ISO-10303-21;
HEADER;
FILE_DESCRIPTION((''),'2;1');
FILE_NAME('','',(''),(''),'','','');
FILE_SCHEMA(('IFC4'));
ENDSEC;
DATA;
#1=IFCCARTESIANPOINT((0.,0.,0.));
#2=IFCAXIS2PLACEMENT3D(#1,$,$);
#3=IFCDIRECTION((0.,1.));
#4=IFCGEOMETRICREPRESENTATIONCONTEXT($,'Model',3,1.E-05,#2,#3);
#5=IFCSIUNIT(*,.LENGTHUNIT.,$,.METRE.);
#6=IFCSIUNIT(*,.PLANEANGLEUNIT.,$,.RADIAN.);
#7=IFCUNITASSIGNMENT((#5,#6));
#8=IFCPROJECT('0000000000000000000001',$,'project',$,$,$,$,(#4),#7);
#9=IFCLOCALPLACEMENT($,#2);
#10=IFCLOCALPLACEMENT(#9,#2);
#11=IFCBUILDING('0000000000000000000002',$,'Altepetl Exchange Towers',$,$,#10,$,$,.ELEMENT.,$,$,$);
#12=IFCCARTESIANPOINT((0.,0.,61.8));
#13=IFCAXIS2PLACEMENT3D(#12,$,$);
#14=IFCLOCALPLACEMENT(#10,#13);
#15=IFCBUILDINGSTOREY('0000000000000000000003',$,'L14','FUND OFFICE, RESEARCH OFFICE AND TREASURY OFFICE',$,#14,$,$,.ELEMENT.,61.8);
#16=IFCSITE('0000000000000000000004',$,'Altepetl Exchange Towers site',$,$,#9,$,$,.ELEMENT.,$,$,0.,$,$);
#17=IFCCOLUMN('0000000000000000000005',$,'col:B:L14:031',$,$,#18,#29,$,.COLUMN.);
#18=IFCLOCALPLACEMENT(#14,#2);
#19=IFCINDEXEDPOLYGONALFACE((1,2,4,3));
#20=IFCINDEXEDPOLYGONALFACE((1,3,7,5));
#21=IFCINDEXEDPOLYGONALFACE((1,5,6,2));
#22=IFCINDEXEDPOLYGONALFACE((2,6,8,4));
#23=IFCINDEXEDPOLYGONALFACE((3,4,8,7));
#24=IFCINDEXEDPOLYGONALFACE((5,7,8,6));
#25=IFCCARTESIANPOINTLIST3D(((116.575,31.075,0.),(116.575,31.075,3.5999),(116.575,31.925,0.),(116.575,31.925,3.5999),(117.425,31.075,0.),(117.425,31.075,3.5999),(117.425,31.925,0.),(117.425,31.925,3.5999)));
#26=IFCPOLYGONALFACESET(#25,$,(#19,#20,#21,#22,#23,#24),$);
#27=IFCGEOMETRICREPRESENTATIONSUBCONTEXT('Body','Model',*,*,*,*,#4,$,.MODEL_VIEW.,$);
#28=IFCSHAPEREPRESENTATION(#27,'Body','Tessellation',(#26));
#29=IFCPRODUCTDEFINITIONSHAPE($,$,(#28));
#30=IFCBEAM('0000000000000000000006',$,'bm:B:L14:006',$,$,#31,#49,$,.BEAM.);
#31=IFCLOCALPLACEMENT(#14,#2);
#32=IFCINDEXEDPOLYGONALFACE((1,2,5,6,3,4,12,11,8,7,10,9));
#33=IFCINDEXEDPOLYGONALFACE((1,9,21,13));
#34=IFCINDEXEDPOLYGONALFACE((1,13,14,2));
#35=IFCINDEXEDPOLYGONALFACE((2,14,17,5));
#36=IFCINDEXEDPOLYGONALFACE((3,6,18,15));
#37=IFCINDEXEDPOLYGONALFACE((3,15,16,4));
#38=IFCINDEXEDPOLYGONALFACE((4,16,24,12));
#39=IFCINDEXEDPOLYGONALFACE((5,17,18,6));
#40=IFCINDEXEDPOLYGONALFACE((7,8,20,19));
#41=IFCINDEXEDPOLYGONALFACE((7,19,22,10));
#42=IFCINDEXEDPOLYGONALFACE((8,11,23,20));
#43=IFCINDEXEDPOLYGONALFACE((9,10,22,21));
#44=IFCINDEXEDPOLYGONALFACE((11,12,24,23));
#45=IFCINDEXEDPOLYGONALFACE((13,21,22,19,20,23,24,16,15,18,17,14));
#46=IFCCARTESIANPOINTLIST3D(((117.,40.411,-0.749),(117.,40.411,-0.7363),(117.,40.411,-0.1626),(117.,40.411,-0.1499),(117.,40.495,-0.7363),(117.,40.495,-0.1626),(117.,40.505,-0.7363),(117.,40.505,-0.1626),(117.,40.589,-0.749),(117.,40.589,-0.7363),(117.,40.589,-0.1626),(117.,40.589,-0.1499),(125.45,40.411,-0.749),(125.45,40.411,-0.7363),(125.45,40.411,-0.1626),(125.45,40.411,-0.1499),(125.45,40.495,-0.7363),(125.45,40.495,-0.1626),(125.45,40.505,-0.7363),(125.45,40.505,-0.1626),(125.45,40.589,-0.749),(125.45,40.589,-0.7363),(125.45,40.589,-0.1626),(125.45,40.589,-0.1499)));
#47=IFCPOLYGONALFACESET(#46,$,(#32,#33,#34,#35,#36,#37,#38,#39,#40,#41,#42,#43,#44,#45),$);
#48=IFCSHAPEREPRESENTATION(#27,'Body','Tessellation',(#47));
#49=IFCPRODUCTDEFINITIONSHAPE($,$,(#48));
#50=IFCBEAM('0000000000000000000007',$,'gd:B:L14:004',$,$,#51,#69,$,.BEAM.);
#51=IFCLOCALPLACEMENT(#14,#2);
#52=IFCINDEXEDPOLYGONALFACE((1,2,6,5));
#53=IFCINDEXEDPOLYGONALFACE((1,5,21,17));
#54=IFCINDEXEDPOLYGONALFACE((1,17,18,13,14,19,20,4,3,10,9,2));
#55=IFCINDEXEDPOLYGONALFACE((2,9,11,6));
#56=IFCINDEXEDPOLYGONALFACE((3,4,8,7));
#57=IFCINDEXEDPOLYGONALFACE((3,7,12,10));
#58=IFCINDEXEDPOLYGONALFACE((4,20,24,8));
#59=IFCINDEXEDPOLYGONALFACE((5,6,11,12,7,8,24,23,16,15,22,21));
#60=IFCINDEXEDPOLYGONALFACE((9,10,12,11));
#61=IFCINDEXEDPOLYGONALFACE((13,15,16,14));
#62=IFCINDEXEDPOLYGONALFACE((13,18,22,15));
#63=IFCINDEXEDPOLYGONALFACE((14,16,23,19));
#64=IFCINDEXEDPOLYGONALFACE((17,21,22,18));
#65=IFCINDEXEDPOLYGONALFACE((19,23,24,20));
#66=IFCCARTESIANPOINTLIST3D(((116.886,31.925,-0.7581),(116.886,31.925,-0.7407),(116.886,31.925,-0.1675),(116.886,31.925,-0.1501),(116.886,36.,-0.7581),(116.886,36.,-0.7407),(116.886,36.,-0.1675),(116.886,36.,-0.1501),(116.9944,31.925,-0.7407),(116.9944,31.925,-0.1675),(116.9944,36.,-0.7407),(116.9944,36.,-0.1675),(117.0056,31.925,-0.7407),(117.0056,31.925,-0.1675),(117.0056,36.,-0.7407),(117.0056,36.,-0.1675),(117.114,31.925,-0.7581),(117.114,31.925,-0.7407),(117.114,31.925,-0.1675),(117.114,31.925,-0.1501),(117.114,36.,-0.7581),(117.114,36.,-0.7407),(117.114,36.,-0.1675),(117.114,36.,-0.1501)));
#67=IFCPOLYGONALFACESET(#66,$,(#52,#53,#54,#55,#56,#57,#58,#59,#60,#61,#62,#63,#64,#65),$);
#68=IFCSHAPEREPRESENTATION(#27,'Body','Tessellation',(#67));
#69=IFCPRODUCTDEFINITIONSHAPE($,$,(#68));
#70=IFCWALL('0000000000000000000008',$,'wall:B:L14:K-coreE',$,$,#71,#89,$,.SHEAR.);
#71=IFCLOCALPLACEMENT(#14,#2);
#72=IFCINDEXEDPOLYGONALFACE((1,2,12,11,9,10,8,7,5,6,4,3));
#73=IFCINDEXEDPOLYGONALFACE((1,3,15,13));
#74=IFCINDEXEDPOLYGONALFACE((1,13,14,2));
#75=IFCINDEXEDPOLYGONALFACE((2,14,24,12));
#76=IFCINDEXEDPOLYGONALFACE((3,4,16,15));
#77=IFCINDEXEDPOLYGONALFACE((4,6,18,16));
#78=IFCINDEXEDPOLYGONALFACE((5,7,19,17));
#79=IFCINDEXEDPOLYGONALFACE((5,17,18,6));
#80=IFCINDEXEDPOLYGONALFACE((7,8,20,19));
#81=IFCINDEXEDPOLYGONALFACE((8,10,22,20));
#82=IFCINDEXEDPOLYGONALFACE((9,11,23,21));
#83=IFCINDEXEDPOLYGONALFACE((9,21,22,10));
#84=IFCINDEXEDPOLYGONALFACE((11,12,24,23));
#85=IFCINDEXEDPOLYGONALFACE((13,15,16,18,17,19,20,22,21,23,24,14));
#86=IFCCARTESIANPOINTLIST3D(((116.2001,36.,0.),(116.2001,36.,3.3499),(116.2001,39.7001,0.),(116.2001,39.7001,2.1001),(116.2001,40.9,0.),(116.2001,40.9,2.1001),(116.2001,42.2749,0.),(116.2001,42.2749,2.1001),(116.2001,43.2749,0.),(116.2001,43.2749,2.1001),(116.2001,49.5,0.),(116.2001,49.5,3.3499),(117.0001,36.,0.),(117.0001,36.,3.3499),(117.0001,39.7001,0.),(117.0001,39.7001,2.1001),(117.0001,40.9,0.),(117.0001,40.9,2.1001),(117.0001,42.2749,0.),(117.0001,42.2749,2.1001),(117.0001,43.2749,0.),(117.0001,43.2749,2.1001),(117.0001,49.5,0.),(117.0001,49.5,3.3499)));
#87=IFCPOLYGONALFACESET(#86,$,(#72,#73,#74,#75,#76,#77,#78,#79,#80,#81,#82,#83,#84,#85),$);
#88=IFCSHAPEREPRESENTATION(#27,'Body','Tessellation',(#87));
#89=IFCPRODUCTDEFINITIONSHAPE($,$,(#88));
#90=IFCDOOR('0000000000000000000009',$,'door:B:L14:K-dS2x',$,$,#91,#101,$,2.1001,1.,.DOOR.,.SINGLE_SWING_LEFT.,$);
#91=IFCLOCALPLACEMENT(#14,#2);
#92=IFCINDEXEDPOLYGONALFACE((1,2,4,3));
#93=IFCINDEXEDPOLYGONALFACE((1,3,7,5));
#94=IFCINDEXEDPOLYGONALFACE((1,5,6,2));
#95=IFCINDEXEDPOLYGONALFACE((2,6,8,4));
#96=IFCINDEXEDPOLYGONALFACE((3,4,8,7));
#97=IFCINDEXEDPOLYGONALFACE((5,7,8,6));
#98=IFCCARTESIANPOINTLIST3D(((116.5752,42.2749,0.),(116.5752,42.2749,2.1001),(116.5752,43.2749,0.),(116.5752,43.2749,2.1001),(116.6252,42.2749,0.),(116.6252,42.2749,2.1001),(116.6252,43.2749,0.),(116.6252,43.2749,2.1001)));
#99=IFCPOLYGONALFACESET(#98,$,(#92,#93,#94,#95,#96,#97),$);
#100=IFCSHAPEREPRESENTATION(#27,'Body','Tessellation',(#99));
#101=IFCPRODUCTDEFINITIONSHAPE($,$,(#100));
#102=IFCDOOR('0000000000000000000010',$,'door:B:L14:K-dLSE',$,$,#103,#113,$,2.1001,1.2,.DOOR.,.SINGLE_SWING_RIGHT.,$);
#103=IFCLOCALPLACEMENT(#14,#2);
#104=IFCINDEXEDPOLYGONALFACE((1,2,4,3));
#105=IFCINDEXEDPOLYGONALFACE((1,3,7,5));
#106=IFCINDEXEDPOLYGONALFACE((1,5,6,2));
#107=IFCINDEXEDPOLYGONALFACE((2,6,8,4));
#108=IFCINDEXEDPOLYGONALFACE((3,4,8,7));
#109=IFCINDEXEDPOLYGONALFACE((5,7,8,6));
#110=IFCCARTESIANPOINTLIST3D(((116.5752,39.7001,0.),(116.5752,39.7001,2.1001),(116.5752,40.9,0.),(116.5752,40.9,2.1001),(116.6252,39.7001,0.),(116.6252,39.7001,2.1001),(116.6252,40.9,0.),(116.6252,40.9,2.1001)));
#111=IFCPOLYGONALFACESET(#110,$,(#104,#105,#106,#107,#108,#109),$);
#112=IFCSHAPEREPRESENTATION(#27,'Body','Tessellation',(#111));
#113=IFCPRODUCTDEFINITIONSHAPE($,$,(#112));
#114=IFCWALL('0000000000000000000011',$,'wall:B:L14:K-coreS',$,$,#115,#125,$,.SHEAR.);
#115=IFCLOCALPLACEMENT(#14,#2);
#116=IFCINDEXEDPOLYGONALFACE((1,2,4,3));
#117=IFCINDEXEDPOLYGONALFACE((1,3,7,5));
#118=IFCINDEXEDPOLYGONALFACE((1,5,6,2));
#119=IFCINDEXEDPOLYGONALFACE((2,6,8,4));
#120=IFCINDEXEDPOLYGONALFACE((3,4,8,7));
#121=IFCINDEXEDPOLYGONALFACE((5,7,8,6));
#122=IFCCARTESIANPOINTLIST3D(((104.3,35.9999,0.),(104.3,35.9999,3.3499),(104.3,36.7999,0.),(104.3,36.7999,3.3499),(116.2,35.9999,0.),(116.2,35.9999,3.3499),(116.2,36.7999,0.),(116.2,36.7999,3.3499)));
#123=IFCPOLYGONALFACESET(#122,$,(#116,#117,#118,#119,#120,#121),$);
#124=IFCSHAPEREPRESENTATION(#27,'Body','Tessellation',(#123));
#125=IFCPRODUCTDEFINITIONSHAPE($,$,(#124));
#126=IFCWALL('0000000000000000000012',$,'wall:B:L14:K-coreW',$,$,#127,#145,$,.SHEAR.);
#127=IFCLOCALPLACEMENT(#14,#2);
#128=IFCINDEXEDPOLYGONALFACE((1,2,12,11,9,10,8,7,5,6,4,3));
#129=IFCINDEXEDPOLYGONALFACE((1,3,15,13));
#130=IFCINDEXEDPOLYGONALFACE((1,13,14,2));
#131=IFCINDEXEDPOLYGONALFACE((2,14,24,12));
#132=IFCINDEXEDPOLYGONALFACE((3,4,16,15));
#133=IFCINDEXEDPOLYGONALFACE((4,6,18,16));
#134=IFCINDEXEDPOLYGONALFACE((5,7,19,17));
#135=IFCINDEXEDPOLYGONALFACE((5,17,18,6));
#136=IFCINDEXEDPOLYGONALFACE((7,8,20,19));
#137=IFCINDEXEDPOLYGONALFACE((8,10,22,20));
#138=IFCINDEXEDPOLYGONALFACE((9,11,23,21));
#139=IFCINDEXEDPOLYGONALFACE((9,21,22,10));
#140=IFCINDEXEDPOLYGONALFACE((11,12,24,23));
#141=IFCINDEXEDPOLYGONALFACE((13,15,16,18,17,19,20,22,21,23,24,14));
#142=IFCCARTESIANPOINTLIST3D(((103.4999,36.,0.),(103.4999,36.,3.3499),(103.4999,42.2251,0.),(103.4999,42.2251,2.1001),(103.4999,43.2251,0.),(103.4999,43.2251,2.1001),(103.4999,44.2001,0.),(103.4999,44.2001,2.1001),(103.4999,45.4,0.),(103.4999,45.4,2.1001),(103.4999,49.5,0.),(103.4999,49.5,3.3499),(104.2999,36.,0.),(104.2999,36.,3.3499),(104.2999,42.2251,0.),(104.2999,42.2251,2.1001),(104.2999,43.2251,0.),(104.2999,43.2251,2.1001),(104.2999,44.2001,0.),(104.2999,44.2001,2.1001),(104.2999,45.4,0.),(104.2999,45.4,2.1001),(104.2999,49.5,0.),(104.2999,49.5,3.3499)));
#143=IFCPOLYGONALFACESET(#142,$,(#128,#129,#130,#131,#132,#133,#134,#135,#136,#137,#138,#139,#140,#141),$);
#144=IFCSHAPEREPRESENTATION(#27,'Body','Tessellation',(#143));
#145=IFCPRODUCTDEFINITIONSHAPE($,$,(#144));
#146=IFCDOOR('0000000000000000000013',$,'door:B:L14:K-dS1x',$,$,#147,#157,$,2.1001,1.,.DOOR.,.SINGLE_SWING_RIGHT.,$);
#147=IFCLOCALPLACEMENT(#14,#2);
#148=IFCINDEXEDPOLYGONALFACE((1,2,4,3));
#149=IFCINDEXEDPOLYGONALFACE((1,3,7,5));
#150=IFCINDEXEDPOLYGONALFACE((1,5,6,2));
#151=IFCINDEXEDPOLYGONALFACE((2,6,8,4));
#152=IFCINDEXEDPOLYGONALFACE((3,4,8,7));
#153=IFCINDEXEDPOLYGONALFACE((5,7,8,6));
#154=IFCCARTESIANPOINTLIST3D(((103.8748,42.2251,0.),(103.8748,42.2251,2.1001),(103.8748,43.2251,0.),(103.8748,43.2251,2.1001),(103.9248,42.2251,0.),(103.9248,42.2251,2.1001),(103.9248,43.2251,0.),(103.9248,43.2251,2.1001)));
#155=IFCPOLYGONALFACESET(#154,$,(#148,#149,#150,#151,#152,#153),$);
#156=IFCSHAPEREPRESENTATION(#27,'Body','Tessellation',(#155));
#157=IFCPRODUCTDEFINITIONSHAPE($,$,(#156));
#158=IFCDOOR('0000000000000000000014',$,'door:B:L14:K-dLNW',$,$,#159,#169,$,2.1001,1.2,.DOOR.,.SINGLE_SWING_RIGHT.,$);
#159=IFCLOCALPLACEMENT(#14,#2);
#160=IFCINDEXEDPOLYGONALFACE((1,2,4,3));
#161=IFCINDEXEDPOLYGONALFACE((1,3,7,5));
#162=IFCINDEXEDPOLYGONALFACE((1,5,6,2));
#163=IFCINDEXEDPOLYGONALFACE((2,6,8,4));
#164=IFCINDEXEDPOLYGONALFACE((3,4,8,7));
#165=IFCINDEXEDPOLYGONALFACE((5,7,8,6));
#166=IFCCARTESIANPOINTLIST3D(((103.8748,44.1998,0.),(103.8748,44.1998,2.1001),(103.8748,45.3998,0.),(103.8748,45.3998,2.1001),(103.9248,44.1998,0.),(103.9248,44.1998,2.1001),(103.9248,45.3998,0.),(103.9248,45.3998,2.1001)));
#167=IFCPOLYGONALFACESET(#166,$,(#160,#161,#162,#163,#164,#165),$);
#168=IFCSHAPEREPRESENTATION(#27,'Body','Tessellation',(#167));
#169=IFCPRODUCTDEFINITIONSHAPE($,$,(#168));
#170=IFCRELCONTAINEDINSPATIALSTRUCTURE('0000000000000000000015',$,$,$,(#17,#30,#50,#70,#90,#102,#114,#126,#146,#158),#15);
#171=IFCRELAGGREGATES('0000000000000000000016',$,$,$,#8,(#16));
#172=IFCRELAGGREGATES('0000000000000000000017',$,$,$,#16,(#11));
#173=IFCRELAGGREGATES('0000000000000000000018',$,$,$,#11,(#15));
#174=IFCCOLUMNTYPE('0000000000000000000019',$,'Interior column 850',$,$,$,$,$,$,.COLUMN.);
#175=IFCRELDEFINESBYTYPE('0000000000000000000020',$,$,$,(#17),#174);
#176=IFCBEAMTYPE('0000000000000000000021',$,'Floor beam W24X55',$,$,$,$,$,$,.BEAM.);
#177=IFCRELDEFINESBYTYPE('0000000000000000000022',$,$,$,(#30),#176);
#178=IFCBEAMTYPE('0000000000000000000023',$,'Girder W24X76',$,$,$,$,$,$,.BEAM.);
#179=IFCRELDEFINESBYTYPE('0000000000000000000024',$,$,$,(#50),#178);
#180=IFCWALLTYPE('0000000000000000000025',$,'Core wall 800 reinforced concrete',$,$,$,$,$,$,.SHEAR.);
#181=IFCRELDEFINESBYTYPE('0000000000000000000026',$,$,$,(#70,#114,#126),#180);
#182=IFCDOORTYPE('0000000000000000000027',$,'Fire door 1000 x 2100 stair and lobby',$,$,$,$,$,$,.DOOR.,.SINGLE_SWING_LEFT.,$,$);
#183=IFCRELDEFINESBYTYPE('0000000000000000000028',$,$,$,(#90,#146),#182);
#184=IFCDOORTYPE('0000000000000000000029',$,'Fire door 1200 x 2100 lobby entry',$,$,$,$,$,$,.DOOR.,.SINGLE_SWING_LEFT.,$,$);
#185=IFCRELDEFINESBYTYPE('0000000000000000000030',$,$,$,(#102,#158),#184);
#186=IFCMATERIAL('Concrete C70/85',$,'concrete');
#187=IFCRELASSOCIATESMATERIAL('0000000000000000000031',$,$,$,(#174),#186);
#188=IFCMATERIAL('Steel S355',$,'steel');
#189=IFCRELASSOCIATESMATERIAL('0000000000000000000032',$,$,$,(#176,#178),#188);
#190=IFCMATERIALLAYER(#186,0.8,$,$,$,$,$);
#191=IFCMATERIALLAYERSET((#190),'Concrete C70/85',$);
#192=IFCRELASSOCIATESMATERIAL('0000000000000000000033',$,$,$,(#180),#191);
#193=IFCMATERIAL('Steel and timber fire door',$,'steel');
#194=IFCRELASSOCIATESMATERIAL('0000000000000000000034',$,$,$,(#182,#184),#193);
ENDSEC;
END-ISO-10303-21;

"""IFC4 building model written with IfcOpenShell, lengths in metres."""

from ifc_helpers import new_model, si_unit, direction, frame, frame_2d, origin, origin_2d, place, context, subcontext, project, spatial, rectangle, i_section, extrude, material, layer, layer_set, material_profile, profile_set, type_object, element, fill, save


model = new_model("IFC4")

# Units and contexts
model_context = context("Model", 3, precision=1e-05, world=origin(), true_north=direction((0.0, 1.0)))
body_context = subcontext(model_context, "Body", "Model", "MODEL_VIEW")
ifc_project = project(units=[si_unit("LENGTHUNIT", "METRE"), si_unit("PLANEANGLEUNIT", "RADIAN")], contexts=[model_context])

# Site, building, storey
site_placement = place(None, origin())
site = spatial("IfcSite", under=ifc_project, at=site_placement, Name="Altepetl Exchange Towers site", CompositionType="ELEMENT", RefElevation=0.0)
building_placement = place(site_placement, origin())
building = spatial("IfcBuilding", under=site, at=building_placement, Name="Altepetl Exchange Towers", CompositionType="ELEMENT")
storey_placement = place(building_placement, frame((0.0, 0.0, 61.8)))
storey = spatial("IfcBuildingStorey", under=building, at=storey_placement, Name="L14", Description="FUND OFFICE, RESEARCH OFFICE AND TREASURY OFFICE", CompositionType="ELEMENT", Elevation=61.8)

# Column
ifc_material_1 = material(Name="Concrete C70/85", Category="concrete")
ifc_material_profile_1 = material_profile(ifc_material_1, rectangle(XDim=0.8501, YDim=0.8501, at=origin_2d()), Name="850 x 850")
ifc_profile_set_1 = profile_set([ifc_material_profile_1], Name="Concrete C70/85")
column_type = type_object("IfcColumnType", Name="Interior column 850", PredefinedType="COLUMN", material=ifc_profile_set_1)
column_placement = place(storey_placement, frame((117.0, 31.5, 0.0)))
element("IfcColumn", 1, at=column_placement, inside=storey, type_object=column_type, Name="col:B:L14:031", PredefinedType="COLUMN", context=body_context, shape_type="SweptSolid", body=[
    extrude(rectangle(XDim=0.8501, YDim=0.8501, at=origin_2d()), origin(), (0.0, 0.0, 1.0), 3.5999),
])

# Beams
ifc_material_2 = material(Name="Steel S355", Category="steel")
ifc_material_profile_2 = material_profile(ifc_material_2, i_section(OverallWidth=0.178, OverallDepth=0.5991, WebThickness=0.01, FlangeThickness=0.0127, at=origin_2d()), Name="W24X55")
ifc_profile_set_2 = profile_set([ifc_material_profile_2], Name="Steel S355")
beam_type_1 = type_object("IfcBeamType", Name="Floor beam W24X55", PredefinedType="BEAM", material=ifc_profile_set_2)
beam_1_placement = place(storey_placement, frame((117.0, 40.5, -0.4495), z_axis=(1.0, 0.0, 0.0), x_axis=(0.0, 1.0, 0.0)))
element("IfcBeam", 2, at=beam_1_placement, inside=storey, type_object=beam_type_1, Name="bm:B:L14:006", PredefinedType="BEAM", context=body_context, shape_type="SweptSolid", body=[
    extrude(i_section(OverallWidth=0.178, OverallDepth=0.5991, WebThickness=0.01, FlangeThickness=0.0127, at=origin_2d()), origin(), (0.0, 0.0, 1.0), 8.45),
])
ifc_material_profile_3 = material_profile(ifc_material_2, i_section(OverallWidth=0.228, OverallDepth=0.6079, WebThickness=0.0112, FlangeThickness=0.0173, at=origin_2d()), Name="W24X76")
ifc_profile_set_3 = profile_set([ifc_material_profile_3], Name="Steel S355")
beam_type_2 = type_object("IfcBeamType", Name="Girder W24X76", PredefinedType="BEAM", material=ifc_profile_set_3)
beam_2_placement = place(storey_placement, frame((117.0, 36.0, -0.4541), z_axis=(0.0, -1.0, 0.0), x_axis=(1.0, 0.0, 0.0)))
element("IfcBeam", 3, at=beam_2_placement, inside=storey, type_object=beam_type_2, Name="gd:B:L14:004", PredefinedType="BEAM", context=body_context, shape_type="SweptSolid", body=[
    extrude(i_section(OverallWidth=0.228, OverallDepth=0.6079, WebThickness=0.0112, FlangeThickness=0.0173, at=origin_2d()), origin(), (0.0, 0.0, 1.0), 4.075),
])

# Wall, openings, doors
ifc_layer_1 = layer(ifc_material_1, 0.8)
ifc_layer_set_1 = layer_set([ifc_layer_1], Name="Concrete C70/85")
wall_type_1 = type_object("IfcWallType", Name="Core wall 800 reinforced concrete", PredefinedType="SHEAR", material=ifc_layer_set_1)
wall_1_placement = place(storey_placement, frame((116.6001, 36.0, 0.0), z_axis=(0.0, 0.0, 1.0), x_axis=(0.0, 1.0, 0.0)))
wall_1 = element("IfcWall", 4, at=wall_1_placement, inside=storey, type_object=wall_type_1, Name="wall:B:L14:K-coreE", PredefinedType="SHEAR", context=body_context, shape_type="SweptSolid", body=[
    extrude(rectangle(XDim=13.5, YDim=0.8, at=frame_2d((6.75, 0.0))), origin(), (0.0, 0.0, 1.0), 3.3499),
])
opening_1_placement = place(wall_1_placement, frame((3.7, 0.0, 0.0)))
opening_1 = element("IfcOpeningElement", 5, at=opening_1_placement, cuts=wall_1, PredefinedType="OPENING", context=body_context, shape_type="SweptSolid", body=[
    extrude(rectangle(XDim=1.2, YDim=2.1001, at=frame_2d((0.6001, 1.05))), frame((0.0, 0.4102, 0.0), z_axis=(0.0, -1.0, 0.0), x_axis=(1.0, 0.0, 0.0)), (0.0, 0.0, 1.0), 0.8201),
])
opening_2_placement = place(wall_1_placement, frame((6.2749, 0.0, 0.0)))
opening_2 = element("IfcOpeningElement", 6, at=opening_2_placement, cuts=wall_1, PredefinedType="OPENING", context=body_context, shape_type="SweptSolid", body=[
    extrude(rectangle(XDim=1.0, YDim=2.1001, at=frame_2d((0.5, 1.05))), frame((0.0, 0.4102, 0.0), z_axis=(0.0, -1.0, 0.0), x_axis=(1.0, 0.0, 0.0)), (0.0, 0.0, 1.0), 0.8201),
])
ifc_material_3 = material(Name="Steel and timber fire door", Category="steel")
door_type_1 = type_object("IfcDoorType", Name="Fire door 1000 x 2100 stair and lobby", OperationType="SINGLE_SWING_LEFT", PredefinedType="DOOR", material=ifc_material_3)
door_1_placement = place(opening_2_placement, origin())
door_1 = element("IfcDoor", 7, at=door_1_placement, inside=storey, type_object=door_type_1, Name="door:B:L14:K-dS2x", OperationType="SINGLE_SWING_LEFT", OverallHeight=2.1001, OverallWidth=1.0, PredefinedType="DOOR", context=body_context, shape_type="SweptSolid", body=[
    extrude(rectangle(XDim=1.0, YDim=2.1001, at=frame_2d((0.5, 1.05))), frame((0.0, 0.0249, 0.0), z_axis=(0.0, -1.0, 0.0), x_axis=(1.0, 0.0, 0.0)), (0.0, 0.0, 1.0), 0.05),
])
fill(opening_2, door_1)
door_type_2 = type_object("IfcDoorType", Name="Fire door 1200 x 2100 lobby entry", OperationType="SINGLE_SWING_LEFT", PredefinedType="DOOR", material=ifc_material_3)
door_2_placement = place(opening_1_placement, origin())
door_2 = element("IfcDoor", 8, at=door_2_placement, inside=storey, type_object=door_type_2, Name="door:B:L14:K-dLSE", OperationType="SINGLE_SWING_RIGHT", OverallHeight=2.1001, OverallWidth=1.2, PredefinedType="DOOR", context=body_context, shape_type="SweptSolid", body=[
    extrude(rectangle(XDim=1.2, YDim=2.1001, at=frame_2d((0.6001, 1.05))), frame((0.0, 0.0249, 0.0), z_axis=(0.0, -1.0, 0.0), x_axis=(1.0, 0.0, 0.0)), (0.0, 0.0, 1.0), 0.05),
])
fill(opening_1, door_2)

# Wall
wall_2_placement = place(storey_placement, frame((104.3, 36.3999, 0.0)))
element("IfcWall", 9, at=wall_2_placement, inside=storey, type_object=wall_type_1, Name="wall:B:L14:K-coreS", PredefinedType="SHEAR", context=body_context, shape_type="SweptSolid", body=[
    extrude(rectangle(XDim=11.8999, YDim=0.8, at=frame_2d((5.95, 0.0))), origin(), (0.0, 0.0, 1.0), 3.3499),
])

# Wall, openings, doors
wall_3_placement = place(storey_placement, frame((103.8999, 36.0, 0.0), z_axis=(0.0, 0.0, 1.0), x_axis=(0.0, 1.0, 0.0)))
wall_3 = element("IfcWall", 10, at=wall_3_placement, inside=storey, type_object=wall_type_1, Name="wall:B:L14:K-coreW", PredefinedType="SHEAR", context=body_context, shape_type="SweptSolid", body=[
    extrude(rectangle(XDim=13.5, YDim=0.8, at=frame_2d((6.75, 0.0))), origin(), (0.0, 0.0, 1.0), 3.3499),
])
opening_3_placement = place(wall_3_placement, frame((8.2, 0.0, 0.0)))
opening_3 = element("IfcOpeningElement", 11, at=opening_3_placement, cuts=wall_3, PredefinedType="OPENING", context=body_context, shape_type="SweptSolid", body=[
    extrude(rectangle(XDim=1.2, YDim=2.1001, at=frame_2d((0.6001, 1.05))), frame((0.0, 0.4102, 0.0), z_axis=(0.0, -1.0, 0.0), x_axis=(1.0, 0.0, 0.0)), (0.0, 0.0, 1.0), 0.8201),
])
opening_4_placement = place(wall_3_placement, frame((6.2251, 0.0, 0.0)))
opening_4 = element("IfcOpeningElement", 12, at=opening_4_placement, cuts=wall_3, PredefinedType="OPENING", context=body_context, shape_type="SweptSolid", body=[
    extrude(rectangle(XDim=1.0, YDim=2.1001, at=frame_2d((0.5, 1.05))), frame((0.0, 0.4102, 0.0), z_axis=(0.0, -1.0, 0.0), x_axis=(1.0, 0.0, 0.0)), (0.0, 0.0, 1.0), 0.8201),
])
door_3_placement = place(opening_4_placement, frame((1.0, 0.0, 0.0), x_axis=(-1.0, 0.0, 0.0)))
door_3 = element("IfcDoor", 13, at=door_3_placement, inside=storey, type_object=door_type_1, Name="door:B:L14:K-dS1x", OperationType="SINGLE_SWING_RIGHT", OverallHeight=2.1001, OverallWidth=1.0, PredefinedType="DOOR", context=body_context, shape_type="SweptSolid", body=[
    extrude(rectangle(XDim=1.0, YDim=2.1001, at=frame_2d((0.5, 1.05))), frame((0.0, 0.0249, 0.0), z_axis=(0.0, -1.0, 0.0), x_axis=(1.0, 0.0, 0.0)), (0.0, 0.0, 1.0), 0.05),
])
fill(opening_4, door_3)
door_4_placement = place(opening_3_placement, frame((1.2, 0.0, 0.0), x_axis=(-1.0, 0.0, 0.0)))
door_4 = element("IfcDoor", 14, at=door_4_placement, inside=storey, type_object=door_type_2, Name="door:B:L14:K-dLNW", OperationType="SINGLE_SWING_RIGHT", OverallHeight=2.1001, OverallWidth=1.2, PredefinedType="DOOR", context=body_context, shape_type="SweptSolid", body=[
    extrude(rectangle(XDim=1.2, YDim=2.1001, at=frame_2d((0.6001, 1.05))), frame((0.0, 0.0249, 0.0), z_axis=(0.0, -1.0, 0.0), x_axis=(1.0, 0.0, 0.0)), (0.0, 0.0, 1.0), 0.05),
])
fill(opening_3, door_4)

save(model, "model.ifc")
